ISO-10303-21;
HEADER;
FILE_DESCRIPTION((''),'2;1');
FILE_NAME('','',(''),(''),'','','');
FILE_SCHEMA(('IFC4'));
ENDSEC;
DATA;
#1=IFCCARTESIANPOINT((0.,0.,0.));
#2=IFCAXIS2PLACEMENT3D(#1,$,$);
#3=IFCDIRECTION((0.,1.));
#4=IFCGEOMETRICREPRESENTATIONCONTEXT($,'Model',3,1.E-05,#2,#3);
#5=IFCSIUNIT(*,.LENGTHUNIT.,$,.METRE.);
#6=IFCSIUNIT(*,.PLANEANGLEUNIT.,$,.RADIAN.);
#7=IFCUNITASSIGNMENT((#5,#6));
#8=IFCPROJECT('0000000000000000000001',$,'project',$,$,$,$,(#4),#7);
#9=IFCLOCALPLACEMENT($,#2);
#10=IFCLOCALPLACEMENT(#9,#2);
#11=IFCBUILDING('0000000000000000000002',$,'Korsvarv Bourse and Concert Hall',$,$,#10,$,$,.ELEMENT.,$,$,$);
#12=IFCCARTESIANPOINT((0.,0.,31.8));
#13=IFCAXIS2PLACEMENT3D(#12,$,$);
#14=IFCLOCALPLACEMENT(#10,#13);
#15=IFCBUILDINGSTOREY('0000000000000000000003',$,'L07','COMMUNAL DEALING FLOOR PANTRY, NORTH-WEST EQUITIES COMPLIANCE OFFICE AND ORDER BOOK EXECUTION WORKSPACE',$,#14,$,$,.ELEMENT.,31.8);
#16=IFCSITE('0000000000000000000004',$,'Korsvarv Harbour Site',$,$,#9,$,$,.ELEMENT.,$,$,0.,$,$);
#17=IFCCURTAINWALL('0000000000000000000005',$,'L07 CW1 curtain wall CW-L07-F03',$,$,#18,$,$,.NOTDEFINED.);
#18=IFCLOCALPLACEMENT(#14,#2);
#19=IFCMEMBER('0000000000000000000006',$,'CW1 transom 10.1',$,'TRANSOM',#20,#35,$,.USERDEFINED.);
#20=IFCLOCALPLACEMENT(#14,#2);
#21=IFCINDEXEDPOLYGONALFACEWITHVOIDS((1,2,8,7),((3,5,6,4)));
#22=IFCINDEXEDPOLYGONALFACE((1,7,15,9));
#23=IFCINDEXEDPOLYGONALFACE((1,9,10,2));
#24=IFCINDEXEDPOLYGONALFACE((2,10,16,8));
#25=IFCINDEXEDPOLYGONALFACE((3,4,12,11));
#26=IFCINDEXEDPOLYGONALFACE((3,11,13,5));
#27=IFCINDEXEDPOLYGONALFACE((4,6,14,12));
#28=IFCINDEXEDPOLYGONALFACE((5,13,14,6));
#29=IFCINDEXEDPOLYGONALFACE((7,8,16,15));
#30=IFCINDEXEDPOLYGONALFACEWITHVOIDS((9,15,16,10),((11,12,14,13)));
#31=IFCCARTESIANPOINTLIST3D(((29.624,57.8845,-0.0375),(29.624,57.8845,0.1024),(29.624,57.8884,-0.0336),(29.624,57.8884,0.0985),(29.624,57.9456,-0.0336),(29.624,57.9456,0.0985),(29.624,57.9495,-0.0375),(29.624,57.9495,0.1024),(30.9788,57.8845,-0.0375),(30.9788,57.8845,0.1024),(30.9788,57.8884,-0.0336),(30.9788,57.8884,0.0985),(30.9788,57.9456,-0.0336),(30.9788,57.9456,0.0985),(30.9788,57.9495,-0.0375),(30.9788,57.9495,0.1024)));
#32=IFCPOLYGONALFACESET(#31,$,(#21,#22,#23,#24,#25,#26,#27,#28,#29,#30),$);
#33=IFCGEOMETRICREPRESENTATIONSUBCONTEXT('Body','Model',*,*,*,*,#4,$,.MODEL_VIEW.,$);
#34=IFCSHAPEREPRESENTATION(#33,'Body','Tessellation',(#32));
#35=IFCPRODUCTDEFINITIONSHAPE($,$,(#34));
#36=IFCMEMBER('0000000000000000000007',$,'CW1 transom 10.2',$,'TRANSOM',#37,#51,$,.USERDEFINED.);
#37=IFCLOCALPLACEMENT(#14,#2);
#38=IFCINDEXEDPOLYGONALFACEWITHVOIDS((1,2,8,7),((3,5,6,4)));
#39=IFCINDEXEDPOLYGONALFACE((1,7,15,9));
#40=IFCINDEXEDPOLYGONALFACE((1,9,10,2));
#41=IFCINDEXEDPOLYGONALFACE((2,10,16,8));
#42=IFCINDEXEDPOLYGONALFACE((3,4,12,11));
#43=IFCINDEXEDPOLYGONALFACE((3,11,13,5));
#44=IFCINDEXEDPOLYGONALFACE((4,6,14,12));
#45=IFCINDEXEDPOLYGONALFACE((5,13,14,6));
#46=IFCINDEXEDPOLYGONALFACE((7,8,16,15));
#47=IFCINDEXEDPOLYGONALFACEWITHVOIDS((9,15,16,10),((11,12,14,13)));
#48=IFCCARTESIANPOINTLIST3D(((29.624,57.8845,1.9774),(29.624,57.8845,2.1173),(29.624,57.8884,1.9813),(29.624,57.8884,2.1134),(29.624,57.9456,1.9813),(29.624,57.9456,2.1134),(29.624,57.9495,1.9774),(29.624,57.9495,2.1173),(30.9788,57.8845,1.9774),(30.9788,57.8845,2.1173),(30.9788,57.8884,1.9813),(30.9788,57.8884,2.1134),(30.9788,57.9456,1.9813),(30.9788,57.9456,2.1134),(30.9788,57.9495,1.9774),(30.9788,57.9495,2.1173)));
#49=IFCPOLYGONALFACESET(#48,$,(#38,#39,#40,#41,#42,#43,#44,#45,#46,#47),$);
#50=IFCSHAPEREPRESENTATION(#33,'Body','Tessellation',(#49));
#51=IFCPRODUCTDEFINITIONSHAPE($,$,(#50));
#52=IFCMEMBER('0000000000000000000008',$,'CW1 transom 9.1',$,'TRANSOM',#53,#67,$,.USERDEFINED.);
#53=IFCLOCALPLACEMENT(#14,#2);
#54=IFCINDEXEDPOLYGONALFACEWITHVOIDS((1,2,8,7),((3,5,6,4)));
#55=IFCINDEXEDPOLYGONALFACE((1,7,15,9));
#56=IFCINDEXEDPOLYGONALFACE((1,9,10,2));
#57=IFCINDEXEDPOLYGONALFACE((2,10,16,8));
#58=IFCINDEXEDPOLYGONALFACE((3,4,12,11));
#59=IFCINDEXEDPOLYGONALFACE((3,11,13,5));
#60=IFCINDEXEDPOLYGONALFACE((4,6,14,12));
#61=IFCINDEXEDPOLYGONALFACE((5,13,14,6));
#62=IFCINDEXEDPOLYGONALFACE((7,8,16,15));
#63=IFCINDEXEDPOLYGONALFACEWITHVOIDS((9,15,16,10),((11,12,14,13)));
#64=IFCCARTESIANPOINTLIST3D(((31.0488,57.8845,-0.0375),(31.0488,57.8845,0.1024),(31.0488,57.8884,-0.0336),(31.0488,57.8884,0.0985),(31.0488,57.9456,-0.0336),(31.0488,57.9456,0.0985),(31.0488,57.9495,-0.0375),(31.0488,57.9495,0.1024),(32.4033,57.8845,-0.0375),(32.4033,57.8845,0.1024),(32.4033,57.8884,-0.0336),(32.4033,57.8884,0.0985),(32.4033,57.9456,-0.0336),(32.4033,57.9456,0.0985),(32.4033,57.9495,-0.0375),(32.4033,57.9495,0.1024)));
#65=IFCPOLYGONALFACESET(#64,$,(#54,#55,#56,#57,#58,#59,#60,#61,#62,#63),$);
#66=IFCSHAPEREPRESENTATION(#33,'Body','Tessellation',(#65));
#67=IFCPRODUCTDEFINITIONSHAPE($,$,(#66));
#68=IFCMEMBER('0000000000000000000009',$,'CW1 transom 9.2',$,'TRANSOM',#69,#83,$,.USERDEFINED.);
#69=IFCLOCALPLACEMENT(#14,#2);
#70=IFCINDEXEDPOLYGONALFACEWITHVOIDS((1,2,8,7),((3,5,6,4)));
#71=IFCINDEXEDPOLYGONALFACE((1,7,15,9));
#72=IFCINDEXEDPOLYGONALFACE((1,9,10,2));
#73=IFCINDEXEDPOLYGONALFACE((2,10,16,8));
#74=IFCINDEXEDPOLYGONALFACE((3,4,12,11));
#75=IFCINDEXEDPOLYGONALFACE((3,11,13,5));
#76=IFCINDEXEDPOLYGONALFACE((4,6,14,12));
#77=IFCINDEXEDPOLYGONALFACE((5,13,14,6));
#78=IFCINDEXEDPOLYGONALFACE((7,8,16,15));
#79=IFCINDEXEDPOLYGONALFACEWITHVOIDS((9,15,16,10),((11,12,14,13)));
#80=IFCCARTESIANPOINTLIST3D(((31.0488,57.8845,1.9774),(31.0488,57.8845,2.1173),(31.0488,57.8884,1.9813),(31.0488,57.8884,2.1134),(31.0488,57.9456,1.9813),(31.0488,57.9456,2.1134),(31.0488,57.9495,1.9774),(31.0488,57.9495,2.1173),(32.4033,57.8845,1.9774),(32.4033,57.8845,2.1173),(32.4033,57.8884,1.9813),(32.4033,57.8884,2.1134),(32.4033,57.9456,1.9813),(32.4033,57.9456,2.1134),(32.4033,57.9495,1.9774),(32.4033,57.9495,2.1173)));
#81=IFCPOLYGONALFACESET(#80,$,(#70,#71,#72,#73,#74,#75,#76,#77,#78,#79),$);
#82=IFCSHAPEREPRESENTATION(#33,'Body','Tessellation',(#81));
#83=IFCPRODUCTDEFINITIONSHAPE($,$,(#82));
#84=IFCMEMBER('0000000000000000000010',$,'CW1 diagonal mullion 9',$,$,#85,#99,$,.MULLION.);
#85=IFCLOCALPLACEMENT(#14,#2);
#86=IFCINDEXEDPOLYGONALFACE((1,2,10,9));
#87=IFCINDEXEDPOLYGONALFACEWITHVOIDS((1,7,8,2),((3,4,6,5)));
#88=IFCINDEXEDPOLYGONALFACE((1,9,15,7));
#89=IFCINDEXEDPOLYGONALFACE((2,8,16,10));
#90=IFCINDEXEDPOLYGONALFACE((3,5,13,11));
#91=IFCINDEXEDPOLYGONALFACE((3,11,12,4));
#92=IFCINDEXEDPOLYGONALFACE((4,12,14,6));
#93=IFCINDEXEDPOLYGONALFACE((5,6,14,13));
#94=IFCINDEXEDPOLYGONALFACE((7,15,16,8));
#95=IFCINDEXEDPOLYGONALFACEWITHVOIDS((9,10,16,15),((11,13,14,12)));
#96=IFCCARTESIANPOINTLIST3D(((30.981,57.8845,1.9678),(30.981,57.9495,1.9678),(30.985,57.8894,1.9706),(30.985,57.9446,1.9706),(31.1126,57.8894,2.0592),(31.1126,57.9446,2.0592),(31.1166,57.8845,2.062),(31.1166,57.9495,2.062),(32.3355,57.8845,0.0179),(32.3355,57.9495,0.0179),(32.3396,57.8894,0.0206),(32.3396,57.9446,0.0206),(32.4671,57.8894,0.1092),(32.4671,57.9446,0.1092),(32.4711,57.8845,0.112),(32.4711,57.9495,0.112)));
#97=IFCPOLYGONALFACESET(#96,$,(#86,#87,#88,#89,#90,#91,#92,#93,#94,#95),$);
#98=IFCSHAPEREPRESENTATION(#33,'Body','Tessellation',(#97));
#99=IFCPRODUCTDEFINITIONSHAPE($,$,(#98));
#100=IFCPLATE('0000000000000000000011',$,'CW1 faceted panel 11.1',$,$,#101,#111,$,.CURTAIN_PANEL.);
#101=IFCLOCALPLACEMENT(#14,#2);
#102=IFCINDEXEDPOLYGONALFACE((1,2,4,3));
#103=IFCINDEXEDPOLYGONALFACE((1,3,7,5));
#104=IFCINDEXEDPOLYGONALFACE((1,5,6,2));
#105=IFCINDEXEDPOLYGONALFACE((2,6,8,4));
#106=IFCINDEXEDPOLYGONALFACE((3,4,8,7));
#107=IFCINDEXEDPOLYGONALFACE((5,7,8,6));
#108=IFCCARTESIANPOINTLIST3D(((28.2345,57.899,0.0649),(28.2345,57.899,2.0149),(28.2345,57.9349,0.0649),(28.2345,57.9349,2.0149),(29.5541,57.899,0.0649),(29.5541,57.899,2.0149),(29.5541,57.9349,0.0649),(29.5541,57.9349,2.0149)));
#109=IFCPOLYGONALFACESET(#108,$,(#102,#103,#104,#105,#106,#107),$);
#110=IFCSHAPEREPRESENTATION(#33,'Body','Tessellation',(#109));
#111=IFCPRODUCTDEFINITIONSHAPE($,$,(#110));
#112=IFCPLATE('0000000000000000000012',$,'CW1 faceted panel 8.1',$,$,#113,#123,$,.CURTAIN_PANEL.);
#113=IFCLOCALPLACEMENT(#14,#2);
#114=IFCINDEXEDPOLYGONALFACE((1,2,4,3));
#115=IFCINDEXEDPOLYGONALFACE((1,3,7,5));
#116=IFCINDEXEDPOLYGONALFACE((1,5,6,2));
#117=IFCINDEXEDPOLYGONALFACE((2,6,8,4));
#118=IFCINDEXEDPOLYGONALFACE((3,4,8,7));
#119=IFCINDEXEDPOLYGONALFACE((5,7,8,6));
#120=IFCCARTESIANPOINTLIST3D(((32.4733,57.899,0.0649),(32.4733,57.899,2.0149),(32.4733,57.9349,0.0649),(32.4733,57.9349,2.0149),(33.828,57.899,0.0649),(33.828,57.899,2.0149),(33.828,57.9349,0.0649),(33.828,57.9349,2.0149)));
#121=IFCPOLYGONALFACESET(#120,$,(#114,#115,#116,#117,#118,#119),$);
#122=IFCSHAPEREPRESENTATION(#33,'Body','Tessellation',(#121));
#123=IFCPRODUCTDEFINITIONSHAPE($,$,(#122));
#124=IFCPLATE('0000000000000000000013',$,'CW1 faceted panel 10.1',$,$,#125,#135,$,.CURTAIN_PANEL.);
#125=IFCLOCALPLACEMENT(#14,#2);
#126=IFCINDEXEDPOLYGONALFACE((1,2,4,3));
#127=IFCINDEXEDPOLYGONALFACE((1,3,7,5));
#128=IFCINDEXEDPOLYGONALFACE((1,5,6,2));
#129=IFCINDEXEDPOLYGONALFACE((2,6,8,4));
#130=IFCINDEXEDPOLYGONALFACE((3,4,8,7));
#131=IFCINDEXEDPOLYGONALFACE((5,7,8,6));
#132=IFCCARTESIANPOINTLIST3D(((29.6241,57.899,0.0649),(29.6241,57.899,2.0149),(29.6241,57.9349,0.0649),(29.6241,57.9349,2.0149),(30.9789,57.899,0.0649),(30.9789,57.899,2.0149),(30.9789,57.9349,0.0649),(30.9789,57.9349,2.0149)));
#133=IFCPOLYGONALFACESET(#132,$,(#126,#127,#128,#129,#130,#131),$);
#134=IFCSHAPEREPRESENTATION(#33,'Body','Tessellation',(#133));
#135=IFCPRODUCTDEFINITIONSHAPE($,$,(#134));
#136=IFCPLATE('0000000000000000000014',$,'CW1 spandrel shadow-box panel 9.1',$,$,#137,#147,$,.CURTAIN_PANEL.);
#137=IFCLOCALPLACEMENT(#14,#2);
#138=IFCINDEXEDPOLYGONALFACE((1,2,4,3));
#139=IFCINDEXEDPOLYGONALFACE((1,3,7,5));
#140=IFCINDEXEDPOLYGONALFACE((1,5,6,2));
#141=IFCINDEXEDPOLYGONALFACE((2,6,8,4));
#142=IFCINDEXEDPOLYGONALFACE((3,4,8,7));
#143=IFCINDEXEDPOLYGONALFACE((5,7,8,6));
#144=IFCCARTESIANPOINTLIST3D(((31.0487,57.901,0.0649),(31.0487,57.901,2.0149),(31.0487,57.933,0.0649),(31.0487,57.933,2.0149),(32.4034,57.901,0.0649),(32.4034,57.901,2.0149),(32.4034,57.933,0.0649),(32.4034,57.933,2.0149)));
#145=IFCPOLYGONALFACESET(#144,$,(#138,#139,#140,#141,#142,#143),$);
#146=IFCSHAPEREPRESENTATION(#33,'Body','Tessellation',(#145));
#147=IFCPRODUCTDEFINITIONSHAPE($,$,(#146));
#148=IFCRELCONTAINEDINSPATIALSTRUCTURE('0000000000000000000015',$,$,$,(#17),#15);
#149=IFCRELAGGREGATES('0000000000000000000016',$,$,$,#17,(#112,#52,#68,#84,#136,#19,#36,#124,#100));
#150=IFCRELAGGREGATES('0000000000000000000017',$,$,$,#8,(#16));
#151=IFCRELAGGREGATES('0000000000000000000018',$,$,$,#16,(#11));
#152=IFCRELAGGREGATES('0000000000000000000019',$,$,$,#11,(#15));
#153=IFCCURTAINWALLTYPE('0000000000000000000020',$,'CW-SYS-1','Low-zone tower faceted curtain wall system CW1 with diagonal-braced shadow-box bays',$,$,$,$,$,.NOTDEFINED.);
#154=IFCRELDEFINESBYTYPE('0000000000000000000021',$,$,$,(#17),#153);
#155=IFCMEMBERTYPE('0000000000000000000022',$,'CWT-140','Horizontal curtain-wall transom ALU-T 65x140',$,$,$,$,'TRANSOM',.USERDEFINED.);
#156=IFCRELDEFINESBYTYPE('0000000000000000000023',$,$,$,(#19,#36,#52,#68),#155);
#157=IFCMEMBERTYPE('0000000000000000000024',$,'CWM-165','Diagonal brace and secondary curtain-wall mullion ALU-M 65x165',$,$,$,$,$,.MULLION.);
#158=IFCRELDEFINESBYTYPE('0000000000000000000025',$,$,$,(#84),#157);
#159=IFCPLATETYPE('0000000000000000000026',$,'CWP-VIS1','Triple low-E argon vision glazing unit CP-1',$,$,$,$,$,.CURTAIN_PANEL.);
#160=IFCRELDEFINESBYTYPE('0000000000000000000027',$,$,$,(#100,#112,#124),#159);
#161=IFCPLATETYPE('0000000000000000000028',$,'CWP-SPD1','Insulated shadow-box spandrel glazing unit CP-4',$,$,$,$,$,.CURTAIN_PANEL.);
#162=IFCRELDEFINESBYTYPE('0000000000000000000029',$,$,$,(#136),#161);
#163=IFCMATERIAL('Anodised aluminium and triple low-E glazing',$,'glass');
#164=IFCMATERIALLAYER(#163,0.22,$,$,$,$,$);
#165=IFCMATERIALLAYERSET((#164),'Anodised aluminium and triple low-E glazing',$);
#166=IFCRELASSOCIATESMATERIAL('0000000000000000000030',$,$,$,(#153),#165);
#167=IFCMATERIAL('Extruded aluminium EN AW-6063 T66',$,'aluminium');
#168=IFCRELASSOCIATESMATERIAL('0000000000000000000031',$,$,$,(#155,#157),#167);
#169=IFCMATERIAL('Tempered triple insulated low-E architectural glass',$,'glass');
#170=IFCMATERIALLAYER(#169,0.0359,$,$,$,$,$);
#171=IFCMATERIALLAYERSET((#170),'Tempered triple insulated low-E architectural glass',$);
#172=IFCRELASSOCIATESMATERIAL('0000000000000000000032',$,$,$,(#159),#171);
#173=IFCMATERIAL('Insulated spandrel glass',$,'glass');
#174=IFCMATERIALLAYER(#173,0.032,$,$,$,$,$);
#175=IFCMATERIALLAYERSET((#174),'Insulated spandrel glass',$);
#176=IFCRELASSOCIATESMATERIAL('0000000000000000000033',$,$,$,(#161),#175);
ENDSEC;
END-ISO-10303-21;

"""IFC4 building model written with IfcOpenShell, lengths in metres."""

from ifc_helpers import new_model, si_unit, direction, frame, origin, origin_2d, place, context, subcontext, project, spatial, rectangle, hollow_rectangle, extrude, source, transform, mapped, material, layer, layer_set, material_profile, profile_set, type_object, element, aggregate, save


model = new_model("IFC4")

# Units and contexts
model_context = context("Model", 3, precision=1e-05, world=origin(), true_north=direction((0.0, 1.0)))
body_context = subcontext(model_context, "Body", "Model", "MODEL_VIEW")
ifc_project = project(units=[si_unit("LENGTHUNIT", "METRE"), si_unit("PLANEANGLEUNIT", "RADIAN")], contexts=[model_context])

# Site, building, storey
site_placement = place(None, origin())
site = spatial("IfcSite", under=ifc_project, at=site_placement, Name="Korsvarv Harbour Site", CompositionType="ELEMENT", RefElevation=0.0)
building_placement = place(site_placement, origin())
building = spatial("IfcBuilding", under=site, at=building_placement, Name="Korsvarv Bourse and Concert Hall", CompositionType="ELEMENT")
storey_placement = place(building_placement, frame((0.0, 0.0, 31.8)))
storey = spatial("IfcBuildingStorey", under=building, at=storey_placement, Name="L07", Description="COMMUNAL DEALING FLOOR PANTRY, NORTH-WEST EQUITIES COMPLIANCE OFFICE AND ORDER BOOK EXECUTION WORKSPACE", CompositionType="ELEMENT", Elevation=31.8)

# Curtain wall, members, plates
ifc_material_1 = material(Name="Anodised aluminium and triple low-E glazing", Category="glass")
ifc_layer_1 = layer(ifc_material_1, 0.22)
ifc_layer_set_1 = layer_set([ifc_layer_1], Name="Anodised aluminium and triple low-E glazing")
curtain_wall_type = type_object("IfcCurtainWallType", Name="CW-SYS-1", Description="Low-zone tower faceted curtain wall system CW1 with diagonal-braced shadow-box bays", PredefinedType="NOTDEFINED", material=ifc_layer_set_1)
curtain_wall_placement = place(storey_placement, origin())
curtain_wall = element("IfcCurtainWall", 1, at=curtain_wall_placement, inside=storey, type_object=curtain_wall_type, Name="L07 CW1 curtain wall CW-L07-F03", PredefinedType="NOTDEFINED")
ifc_material_2 = material(Name="Extruded aluminium EN AW-6063 T66", Category="aluminium")
ifc_material_profile_1 = material_profile(ifc_material_2, hollow_rectangle(XDim=0.0649, YDim=0.1399, WallThickness=0.0039, at=origin_2d()), Name="ALU-T 65x140")
ifc_profile_set_1 = profile_set([ifc_material_profile_1], Name="Extruded aluminium EN AW-6063 T66")
member_type_1 = type_object("IfcMemberType", Name="CWT-140", Description="Horizontal curtain-wall transom ALU-T 65x140", ElementType="TRANSOM", PredefinedType="USERDEFINED", material=ifc_profile_set_1)
shared_shape_1 = source(origin(), body_context, "Body", "SweptSolid", [
    extrude(hollow_rectangle(XDim=0.0649, YDim=0.1399, WallThickness=0.0039, at=origin_2d()), origin(), (0.0, 0.0, 1.0), 1.3547),
])
member_1_placement = place(storey_placement, frame((30.9788, 57.917, 0.0325), z_axis=(-1.0, 0.0, 0.0), x_axis=(0.0, -1.0, 0.0)))
member_1 = element("IfcMember", 2, at=member_1_placement, type_object=member_type_1, Name="CW1 transom 10.1", ObjectType="TRANSOM", PredefinedType="USERDEFINED", context=body_context, shape_type="MappedRepresentation", body=[
    mapped(shared_shape_1, transform((0.0, 0.0, 0.0), scale=1.0)),
])
member_2_placement = place(storey_placement, frame((30.9788, 57.917, 2.0474), z_axis=(-1.0, 0.0, 0.0), x_axis=(0.0, -1.0, 0.0)))
member_2 = element("IfcMember", 3, at=member_2_placement, type_object=member_type_1, Name="CW1 transom 10.2", ObjectType="TRANSOM", PredefinedType="USERDEFINED", context=body_context, shape_type="MappedRepresentation", body=[
    mapped(shared_shape_1, transform((0.0, 0.0, 0.0), scale=1.0)),
])
shared_shape_2 = source(origin(), body_context, "Body", "SweptSolid", [
    extrude(hollow_rectangle(XDim=0.0649, YDim=0.1399, WallThickness=0.0039, at=origin_2d()), origin(), (0.0, 0.0, 1.0), 1.3545),
])
member_3_placement = place(storey_placement, frame((32.4033, 57.917, 0.0325), z_axis=(-1.0, 0.0, 0.0), x_axis=(0.0, -1.0, 0.0)))
member_3 = element("IfcMember", 4, at=member_3_placement, type_object=member_type_1, Name="CW1 transom 9.1", ObjectType="TRANSOM", PredefinedType="USERDEFINED", context=body_context, shape_type="MappedRepresentation", body=[
    mapped(shared_shape_2, transform((0.0, 0.0, 0.0), scale=1.0)),
])
member_4_placement = place(storey_placement, frame((32.4033, 57.917, 2.0474), z_axis=(-1.0, 0.0, 0.0), x_axis=(0.0, -1.0, 0.0)))
member_4 = element("IfcMember", 5, at=member_4_placement, type_object=member_type_1, Name="CW1 transom 9.2", ObjectType="TRANSOM", PredefinedType="USERDEFINED", context=body_context, shape_type="MappedRepresentation", body=[
    mapped(shared_shape_2, transform((0.0, 0.0, 0.0), scale=1.0)),
])
ifc_material_profile_2 = material_profile(ifc_material_2, hollow_rectangle(XDim=0.0649, YDim=0.165, WallThickness=0.0049, at=origin_2d()), Name="ALU-M 65x165")
ifc_profile_set_2 = profile_set([ifc_material_profile_2], Name="Extruded aluminium EN AW-6063 T66")
member_type_2 = type_object("IfcMemberType", Name="CWM-165", Description="Diagonal brace and secondary curtain-wall mullion ALU-M 65x165", PredefinedType="MULLION", material=ifc_profile_set_2)
shared_shape_3 = source(origin(), body_context, "Body", "SweptSolid", [
    extrude(hollow_rectangle(XDim=0.0649, YDim=0.165, WallThickness=0.0049, at=origin_2d()), origin(), (0.0, 0.0, 1.0), 2.3743),
])
member_5_placement = place(storey_placement, frame((32.4033, 57.917, 0.0649), z_axis=(-0.570498, 0.0, 0.821299), x_axis=(0.0, -1.0, 0.0)))
member_5 = element("IfcMember", 6, at=member_5_placement, type_object=member_type_2, Name="CW1 diagonal mullion 9", PredefinedType="MULLION", context=body_context, shape_type="MappedRepresentation", body=[
    mapped(shared_shape_3, transform((0.0, 0.0, 0.0), scale=1.0)),
])
ifc_material_3 = material(Name="Tempered triple insulated low-E architectural glass", Category="glass")
ifc_layer_2 = layer(ifc_material_3, 0.0359)
ifc_layer_set_2 = layer_set([ifc_layer_2], Name="Tempered triple insulated low-E architectural glass")
plate_type_1 = type_object("IfcPlateType", Name="CWP-VIS1", Description="Triple low-E argon vision glazing unit CP-1", PredefinedType="CURTAIN_PANEL", material=ifc_layer_set_2)
shared_shape_4 = source(origin(), body_context, "Body", "SweptSolid", [
    extrude(rectangle(XDim=1.3196, YDim=0.0359, at=origin_2d()), origin(), (0.0, 0.0, 1.0), 1.95),
])
plate_1_placement = place(storey_placement, frame((28.8943, 57.917, 0.0649), z_axis=(0.0, 0.0, 1.0), x_axis=(-1.0, 0.0, 0.0)))
plate_1 = element("IfcPlate", 7, at=plate_1_placement, type_object=plate_type_1, Name="CW1 faceted panel 11.1", PredefinedType="CURTAIN_PANEL", context=body_context, shape_type="MappedRepresentation", body=[
    mapped(shared_shape_4, transform((0.0, 0.0, 0.0), scale=1.0)),
])
shared_shape_5 = source(origin(), body_context, "Body", "SweptSolid", [
    extrude(rectangle(XDim=1.3547, YDim=0.0359, at=origin_2d()), origin(), (0.0, 0.0, 1.0), 1.95),
])
plate_2_placement = place(storey_placement, frame((33.1506, 57.917, 0.0649), z_axis=(0.0, 0.0, 1.0), x_axis=(-1.0, 0.0, 0.0)))
plate_2 = element("IfcPlate", 8, at=plate_2_placement, type_object=plate_type_1, Name="CW1 faceted panel 8.1", PredefinedType="CURTAIN_PANEL", context=body_context, shape_type="MappedRepresentation", body=[
    mapped(shared_shape_5, transform((0.0, 0.0, 0.0), scale=1.0)),
])
plate_3_placement = place(storey_placement, frame((30.3015, 57.917, 0.0649), z_axis=(0.0, 0.0, 1.0), x_axis=(-1.0, 0.0, 0.0)))
plate_3 = element("IfcPlate", 9, at=plate_3_placement, type_object=plate_type_1, Name="CW1 faceted panel 10.1", PredefinedType="CURTAIN_PANEL", context=body_context, shape_type="MappedRepresentation", body=[
    mapped(shared_shape_5, transform((0.0, 0.0, 0.0), scale=1.0)),
])
ifc_material_4 = material(Name="Insulated spandrel glass", Category="glass")
ifc_layer_3 = layer(ifc_material_4, 0.032)
ifc_layer_set_3 = layer_set([ifc_layer_3], Name="Insulated spandrel glass")
plate_type_2 = type_object("IfcPlateType", Name="CWP-SPD1", Description="Insulated shadow-box spandrel glazing unit CP-4", PredefinedType="CURTAIN_PANEL", material=ifc_layer_set_3)
shared_shape_6 = source(origin(), body_context, "Body", "SweptSolid", [
    extrude(rectangle(XDim=1.3547, YDim=0.032, at=origin_2d()), origin(), (0.0, 0.0, 1.0), 1.95),
])
plate_4_placement = place(storey_placement, frame((31.7261, 57.917, 0.0649), z_axis=(0.0, 0.0, 1.0), x_axis=(-1.0, 0.0, 0.0)))
plate_4 = element("IfcPlate", 10, at=plate_4_placement, type_object=plate_type_2, Name="CW1 spandrel shadow-box panel 9.1", PredefinedType="CURTAIN_PANEL", context=body_context, shape_type="MappedRepresentation", body=[
    mapped(shared_shape_6, transform((0.0, 0.0, 0.0), scale=1.0)),
])
aggregate(curtain_wall, [plate_2, member_3, member_4, member_5, plate_4, member_1, member_2, plate_3, plate_1])

save(model, "model.ifc")
